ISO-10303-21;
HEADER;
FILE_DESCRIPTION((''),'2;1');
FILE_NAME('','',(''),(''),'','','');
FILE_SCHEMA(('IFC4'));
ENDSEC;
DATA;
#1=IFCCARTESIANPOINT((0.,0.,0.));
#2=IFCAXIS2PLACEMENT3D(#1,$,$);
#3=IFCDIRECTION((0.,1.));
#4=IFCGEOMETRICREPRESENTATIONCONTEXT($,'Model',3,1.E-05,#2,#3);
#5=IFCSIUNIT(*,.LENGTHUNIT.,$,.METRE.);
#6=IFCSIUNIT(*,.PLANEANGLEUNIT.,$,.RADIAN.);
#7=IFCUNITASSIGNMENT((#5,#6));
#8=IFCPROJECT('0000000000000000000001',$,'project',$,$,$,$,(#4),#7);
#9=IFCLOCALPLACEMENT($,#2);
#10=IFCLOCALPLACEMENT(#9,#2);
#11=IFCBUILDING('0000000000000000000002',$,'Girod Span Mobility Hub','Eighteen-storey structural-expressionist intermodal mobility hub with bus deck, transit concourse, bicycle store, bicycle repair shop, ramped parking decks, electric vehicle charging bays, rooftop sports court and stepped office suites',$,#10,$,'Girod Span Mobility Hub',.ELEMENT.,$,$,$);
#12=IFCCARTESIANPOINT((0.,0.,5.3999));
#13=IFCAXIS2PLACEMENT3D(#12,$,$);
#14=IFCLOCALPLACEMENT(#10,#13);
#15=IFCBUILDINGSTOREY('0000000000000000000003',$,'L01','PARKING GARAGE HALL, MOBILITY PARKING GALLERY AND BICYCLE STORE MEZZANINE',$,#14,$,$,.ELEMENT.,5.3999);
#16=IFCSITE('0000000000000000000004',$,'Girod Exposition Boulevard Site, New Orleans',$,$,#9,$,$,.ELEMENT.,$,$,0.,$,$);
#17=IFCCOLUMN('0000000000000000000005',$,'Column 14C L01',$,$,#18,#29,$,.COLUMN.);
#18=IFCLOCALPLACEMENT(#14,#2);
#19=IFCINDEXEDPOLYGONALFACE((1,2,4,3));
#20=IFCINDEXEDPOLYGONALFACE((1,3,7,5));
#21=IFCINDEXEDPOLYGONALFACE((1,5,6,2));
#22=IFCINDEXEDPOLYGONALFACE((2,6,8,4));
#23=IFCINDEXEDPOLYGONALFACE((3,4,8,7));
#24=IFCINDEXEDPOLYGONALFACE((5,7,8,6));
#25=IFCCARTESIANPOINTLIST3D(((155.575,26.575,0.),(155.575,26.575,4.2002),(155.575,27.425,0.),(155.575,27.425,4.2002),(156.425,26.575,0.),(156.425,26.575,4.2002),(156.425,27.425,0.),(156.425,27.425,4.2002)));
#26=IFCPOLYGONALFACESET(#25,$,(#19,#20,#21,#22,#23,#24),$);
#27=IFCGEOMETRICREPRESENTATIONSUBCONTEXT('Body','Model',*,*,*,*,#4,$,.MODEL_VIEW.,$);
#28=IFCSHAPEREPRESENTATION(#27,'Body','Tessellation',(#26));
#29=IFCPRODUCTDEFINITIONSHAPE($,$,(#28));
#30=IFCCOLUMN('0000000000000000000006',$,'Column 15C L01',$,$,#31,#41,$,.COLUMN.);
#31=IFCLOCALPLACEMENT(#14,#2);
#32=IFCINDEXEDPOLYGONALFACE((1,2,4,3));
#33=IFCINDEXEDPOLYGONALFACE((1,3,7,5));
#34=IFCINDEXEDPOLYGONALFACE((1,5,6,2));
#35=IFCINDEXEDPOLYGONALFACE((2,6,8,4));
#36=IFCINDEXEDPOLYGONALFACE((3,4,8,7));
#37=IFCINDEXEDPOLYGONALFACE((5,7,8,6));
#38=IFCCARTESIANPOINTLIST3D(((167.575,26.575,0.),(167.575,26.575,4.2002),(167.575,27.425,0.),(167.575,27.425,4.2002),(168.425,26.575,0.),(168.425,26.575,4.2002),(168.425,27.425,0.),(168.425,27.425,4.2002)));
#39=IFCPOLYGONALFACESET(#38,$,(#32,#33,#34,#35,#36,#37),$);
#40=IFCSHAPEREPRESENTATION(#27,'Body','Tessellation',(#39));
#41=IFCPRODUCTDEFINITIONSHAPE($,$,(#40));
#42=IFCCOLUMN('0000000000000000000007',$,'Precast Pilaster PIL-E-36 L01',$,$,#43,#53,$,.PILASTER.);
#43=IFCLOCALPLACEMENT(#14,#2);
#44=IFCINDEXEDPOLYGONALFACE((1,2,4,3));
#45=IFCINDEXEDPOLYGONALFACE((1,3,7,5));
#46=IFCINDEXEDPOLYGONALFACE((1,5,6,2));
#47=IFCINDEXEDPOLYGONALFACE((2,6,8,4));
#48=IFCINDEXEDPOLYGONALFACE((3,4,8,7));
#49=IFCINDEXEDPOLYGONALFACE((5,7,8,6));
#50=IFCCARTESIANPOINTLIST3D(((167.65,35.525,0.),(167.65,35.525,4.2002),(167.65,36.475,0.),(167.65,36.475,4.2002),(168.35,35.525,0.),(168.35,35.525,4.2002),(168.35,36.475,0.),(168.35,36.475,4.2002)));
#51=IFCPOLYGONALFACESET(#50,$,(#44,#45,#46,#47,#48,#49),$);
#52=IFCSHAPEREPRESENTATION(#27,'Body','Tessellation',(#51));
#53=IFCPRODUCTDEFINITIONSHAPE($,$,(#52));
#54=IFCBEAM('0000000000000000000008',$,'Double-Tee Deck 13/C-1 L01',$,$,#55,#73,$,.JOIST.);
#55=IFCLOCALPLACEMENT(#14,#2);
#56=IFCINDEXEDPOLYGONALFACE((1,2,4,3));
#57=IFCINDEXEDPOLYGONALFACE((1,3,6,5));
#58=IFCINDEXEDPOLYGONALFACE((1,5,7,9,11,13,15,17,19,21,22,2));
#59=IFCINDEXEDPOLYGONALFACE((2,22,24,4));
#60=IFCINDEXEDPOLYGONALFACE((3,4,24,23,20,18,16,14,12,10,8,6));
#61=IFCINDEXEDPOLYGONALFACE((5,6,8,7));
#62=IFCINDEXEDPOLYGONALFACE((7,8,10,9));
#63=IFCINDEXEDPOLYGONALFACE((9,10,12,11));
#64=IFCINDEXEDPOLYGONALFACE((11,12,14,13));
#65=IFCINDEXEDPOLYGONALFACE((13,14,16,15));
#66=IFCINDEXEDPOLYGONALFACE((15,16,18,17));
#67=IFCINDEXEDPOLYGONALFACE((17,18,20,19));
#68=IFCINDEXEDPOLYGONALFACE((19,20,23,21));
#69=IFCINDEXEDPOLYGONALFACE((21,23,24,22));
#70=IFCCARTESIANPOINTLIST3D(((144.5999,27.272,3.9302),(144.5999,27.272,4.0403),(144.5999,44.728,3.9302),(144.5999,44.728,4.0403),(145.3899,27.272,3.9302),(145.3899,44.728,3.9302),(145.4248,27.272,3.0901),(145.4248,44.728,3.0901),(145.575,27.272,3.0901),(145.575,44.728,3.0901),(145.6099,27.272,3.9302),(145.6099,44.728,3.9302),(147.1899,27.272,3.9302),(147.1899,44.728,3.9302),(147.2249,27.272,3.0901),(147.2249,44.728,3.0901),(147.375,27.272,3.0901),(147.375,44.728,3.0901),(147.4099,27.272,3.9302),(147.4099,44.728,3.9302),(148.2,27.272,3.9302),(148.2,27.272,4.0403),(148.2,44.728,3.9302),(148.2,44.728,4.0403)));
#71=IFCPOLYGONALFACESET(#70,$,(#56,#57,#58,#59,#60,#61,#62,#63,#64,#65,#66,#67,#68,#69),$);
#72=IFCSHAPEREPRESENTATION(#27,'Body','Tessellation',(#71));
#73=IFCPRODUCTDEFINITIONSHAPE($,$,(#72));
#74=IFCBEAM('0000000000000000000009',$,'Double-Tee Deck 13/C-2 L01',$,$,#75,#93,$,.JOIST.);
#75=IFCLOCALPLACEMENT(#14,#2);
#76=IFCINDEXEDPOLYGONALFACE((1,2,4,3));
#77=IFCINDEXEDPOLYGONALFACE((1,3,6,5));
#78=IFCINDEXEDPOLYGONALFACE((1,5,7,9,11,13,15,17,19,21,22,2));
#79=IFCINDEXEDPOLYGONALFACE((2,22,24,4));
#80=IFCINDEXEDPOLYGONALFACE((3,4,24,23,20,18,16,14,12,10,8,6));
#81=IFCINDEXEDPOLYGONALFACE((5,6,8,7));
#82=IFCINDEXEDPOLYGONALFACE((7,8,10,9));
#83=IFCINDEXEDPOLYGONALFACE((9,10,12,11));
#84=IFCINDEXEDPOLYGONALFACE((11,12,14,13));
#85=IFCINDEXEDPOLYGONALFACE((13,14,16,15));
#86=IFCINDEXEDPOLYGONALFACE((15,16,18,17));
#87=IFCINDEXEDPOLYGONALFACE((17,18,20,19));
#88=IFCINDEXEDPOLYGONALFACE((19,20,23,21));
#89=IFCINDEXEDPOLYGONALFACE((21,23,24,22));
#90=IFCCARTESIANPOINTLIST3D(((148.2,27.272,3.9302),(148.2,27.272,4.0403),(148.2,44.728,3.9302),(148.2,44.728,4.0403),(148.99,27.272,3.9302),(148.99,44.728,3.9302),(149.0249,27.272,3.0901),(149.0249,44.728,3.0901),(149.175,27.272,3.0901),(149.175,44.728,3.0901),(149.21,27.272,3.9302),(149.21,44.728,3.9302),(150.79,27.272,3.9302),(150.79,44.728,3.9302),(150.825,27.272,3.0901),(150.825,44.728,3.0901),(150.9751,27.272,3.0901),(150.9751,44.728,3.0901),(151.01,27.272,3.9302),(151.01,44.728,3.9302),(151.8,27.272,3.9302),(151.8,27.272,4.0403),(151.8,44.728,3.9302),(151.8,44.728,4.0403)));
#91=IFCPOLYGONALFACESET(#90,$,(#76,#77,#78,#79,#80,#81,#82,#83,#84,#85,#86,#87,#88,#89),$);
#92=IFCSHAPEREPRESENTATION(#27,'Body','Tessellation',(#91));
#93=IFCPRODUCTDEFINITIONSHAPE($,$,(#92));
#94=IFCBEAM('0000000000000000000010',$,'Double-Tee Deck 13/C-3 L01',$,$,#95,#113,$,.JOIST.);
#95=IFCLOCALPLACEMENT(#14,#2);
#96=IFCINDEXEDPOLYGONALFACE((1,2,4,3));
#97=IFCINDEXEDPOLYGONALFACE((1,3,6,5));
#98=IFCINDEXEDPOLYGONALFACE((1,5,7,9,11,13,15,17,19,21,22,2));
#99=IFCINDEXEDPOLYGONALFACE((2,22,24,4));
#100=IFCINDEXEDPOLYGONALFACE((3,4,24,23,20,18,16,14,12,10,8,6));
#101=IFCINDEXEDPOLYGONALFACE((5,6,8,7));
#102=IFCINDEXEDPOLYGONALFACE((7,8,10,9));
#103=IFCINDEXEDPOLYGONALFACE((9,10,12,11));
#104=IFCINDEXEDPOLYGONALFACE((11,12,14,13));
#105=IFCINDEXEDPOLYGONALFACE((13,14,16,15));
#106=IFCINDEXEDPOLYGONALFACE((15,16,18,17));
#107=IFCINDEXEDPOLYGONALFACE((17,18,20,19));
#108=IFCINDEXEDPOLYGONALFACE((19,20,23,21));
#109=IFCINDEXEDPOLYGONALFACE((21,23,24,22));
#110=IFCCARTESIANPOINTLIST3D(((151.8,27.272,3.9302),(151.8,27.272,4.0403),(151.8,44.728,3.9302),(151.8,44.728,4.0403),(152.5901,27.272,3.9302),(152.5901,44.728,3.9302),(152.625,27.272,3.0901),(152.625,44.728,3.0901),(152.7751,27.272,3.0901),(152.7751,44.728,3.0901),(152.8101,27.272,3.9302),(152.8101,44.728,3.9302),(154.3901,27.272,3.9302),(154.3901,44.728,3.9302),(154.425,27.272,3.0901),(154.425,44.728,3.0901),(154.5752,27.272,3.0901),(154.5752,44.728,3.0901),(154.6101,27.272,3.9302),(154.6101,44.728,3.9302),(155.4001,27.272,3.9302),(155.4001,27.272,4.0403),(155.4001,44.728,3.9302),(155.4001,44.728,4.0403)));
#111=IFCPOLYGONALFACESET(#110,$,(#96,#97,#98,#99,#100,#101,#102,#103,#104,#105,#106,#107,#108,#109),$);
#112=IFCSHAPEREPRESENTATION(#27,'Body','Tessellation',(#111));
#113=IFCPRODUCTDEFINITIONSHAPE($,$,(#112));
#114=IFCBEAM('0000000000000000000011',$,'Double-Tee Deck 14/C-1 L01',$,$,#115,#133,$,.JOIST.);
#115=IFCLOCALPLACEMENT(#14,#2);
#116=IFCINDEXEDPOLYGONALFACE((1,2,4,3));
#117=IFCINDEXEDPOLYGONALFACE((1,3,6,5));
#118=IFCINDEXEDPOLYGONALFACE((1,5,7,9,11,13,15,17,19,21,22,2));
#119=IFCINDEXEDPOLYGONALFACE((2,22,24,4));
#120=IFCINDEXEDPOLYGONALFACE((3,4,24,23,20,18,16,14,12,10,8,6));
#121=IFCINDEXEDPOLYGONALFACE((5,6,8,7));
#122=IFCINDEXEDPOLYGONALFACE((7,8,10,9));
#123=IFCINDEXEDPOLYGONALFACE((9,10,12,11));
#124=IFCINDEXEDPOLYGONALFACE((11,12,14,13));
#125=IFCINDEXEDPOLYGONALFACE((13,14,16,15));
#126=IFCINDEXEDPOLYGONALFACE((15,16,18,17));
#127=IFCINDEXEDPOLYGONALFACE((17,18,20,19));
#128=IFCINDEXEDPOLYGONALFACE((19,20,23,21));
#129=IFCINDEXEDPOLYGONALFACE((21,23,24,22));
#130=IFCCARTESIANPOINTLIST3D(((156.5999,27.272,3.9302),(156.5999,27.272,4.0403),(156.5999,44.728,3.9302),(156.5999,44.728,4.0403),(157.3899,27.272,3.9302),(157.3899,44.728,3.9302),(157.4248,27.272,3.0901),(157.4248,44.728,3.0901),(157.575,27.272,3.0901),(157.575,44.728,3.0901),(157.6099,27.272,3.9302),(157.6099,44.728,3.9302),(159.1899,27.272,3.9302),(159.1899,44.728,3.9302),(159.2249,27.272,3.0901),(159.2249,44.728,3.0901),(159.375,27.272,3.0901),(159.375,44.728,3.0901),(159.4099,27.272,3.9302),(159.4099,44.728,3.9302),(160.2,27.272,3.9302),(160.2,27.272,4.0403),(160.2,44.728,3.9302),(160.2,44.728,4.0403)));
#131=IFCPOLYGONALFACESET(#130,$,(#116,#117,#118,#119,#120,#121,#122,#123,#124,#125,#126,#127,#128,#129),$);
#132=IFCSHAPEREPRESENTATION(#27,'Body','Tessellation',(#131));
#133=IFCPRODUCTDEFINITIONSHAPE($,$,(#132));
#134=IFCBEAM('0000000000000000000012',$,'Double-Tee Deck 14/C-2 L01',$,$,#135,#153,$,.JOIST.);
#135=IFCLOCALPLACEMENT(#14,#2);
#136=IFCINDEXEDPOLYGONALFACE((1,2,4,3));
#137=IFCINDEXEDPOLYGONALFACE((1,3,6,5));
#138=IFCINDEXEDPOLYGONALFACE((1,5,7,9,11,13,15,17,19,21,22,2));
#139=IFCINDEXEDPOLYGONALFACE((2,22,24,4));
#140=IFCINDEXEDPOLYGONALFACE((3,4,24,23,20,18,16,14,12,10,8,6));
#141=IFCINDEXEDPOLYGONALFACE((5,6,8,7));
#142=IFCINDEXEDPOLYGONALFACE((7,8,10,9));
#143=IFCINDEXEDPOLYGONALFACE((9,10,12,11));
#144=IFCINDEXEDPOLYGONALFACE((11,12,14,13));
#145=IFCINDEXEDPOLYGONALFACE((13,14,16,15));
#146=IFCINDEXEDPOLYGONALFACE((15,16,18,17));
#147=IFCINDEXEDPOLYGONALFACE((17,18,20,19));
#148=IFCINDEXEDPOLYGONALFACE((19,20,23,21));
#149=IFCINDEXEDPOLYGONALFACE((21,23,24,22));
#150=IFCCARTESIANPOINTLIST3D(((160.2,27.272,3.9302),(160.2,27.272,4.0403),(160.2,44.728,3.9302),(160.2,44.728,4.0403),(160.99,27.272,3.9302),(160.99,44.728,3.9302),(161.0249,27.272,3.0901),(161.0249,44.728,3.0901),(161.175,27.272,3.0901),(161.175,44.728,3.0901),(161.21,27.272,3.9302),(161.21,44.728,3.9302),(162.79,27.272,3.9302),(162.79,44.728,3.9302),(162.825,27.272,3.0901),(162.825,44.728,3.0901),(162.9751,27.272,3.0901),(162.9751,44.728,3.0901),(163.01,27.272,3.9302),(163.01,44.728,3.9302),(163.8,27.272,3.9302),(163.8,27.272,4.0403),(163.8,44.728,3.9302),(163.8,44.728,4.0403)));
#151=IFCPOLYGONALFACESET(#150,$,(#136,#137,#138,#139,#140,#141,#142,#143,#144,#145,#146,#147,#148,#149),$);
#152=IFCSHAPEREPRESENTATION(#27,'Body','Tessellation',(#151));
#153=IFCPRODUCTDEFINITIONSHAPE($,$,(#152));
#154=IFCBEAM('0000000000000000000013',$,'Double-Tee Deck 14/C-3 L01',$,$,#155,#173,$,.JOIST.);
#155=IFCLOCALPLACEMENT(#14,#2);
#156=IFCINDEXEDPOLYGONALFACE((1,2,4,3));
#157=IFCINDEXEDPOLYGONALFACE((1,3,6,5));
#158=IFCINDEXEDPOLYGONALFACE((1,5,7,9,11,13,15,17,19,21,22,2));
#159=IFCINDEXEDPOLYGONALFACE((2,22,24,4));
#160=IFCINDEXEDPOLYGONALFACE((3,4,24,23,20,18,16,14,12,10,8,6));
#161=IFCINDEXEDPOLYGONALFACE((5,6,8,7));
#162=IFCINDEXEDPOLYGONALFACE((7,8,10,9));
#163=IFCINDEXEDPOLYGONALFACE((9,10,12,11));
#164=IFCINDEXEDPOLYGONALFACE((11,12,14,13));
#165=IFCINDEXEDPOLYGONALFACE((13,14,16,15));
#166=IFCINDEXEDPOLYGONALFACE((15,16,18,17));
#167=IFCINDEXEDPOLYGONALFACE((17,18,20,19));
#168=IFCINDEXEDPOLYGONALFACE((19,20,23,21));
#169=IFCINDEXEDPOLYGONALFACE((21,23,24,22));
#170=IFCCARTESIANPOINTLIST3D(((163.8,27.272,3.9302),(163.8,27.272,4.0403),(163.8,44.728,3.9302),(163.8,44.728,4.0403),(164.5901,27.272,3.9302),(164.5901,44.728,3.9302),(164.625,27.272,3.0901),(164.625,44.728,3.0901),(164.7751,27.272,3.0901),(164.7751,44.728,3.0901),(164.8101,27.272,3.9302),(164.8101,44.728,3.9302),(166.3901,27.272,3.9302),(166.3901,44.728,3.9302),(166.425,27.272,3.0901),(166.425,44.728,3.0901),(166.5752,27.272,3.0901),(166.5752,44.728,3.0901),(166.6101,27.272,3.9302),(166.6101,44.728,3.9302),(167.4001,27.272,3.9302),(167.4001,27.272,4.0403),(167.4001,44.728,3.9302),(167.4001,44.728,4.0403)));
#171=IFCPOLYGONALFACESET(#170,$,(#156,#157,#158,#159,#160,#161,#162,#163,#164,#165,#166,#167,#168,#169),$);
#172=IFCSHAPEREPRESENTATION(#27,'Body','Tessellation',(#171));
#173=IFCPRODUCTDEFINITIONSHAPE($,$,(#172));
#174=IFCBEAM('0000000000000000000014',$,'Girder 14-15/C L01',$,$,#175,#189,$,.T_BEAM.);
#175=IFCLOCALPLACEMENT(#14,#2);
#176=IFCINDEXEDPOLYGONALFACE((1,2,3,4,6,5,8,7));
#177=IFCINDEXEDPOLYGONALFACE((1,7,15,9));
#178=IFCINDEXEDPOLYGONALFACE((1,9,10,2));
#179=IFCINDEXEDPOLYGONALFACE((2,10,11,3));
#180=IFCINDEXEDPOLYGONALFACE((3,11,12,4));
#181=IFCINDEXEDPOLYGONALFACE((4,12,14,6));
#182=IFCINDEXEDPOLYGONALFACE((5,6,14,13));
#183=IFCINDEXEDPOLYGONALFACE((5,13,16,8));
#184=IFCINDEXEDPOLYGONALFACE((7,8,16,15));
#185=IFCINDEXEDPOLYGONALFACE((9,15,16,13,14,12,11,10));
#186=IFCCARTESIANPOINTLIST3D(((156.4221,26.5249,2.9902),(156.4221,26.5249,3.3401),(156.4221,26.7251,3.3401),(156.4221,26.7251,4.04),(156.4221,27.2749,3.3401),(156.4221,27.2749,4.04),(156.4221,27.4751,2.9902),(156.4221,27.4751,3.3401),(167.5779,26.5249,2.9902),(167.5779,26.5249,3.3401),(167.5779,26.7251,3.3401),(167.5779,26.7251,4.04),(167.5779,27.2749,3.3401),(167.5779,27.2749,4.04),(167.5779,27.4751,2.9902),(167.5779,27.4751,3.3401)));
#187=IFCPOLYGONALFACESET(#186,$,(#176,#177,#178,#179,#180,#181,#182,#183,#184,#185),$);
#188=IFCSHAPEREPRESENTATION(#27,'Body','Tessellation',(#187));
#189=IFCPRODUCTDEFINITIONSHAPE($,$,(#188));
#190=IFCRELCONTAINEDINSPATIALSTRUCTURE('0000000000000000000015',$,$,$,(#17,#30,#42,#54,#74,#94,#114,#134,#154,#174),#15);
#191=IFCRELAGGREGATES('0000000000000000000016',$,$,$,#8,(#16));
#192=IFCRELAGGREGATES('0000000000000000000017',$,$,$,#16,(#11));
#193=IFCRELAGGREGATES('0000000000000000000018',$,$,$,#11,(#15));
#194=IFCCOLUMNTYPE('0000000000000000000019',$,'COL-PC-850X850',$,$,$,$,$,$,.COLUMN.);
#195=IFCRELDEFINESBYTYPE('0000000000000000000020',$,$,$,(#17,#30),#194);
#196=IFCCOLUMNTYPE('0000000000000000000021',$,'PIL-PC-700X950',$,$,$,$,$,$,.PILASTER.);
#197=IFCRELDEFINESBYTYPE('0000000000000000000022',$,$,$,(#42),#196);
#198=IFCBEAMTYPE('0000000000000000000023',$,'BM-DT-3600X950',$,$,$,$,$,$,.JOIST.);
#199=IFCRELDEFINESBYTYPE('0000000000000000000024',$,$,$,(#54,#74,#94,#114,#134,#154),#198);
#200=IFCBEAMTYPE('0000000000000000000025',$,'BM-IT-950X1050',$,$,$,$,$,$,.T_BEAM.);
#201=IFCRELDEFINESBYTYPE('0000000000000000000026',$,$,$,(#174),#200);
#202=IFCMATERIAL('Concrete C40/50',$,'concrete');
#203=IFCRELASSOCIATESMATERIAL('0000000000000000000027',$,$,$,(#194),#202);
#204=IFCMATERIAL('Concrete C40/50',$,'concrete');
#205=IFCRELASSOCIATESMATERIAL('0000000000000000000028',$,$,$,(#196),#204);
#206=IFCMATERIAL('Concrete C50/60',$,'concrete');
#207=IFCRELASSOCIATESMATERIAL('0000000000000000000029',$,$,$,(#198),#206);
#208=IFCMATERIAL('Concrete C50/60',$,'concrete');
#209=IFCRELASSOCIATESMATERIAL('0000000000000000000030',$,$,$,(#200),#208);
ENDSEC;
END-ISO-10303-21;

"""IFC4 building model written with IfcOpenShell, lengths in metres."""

from ifc_helpers import new_model, si_unit, direction, frame, origin, origin_2d, place, context, subcontext, project, spatial, polyline, rectangle, outline, extrude, material, material_profile, profile_set, type_object, element, save


model = new_model("IFC4")

# Units and contexts
model_context = context("Model", 3, precision=1e-05, world=origin(), true_north=direction((0.0, 1.0)))
body_context = subcontext(model_context, "Body", "Model", "MODEL_VIEW")
ifc_project = project(units=[si_unit("LENGTHUNIT", "METRE"), si_unit("PLANEANGLEUNIT", "RADIAN")], contexts=[model_context])

# Site, building, storey
site_placement = place(None, origin())
site = spatial("IfcSite", under=ifc_project, at=site_placement, Name="Girod Exposition Boulevard Site, New Orleans", CompositionType="ELEMENT", RefElevation=0.0)
building_placement = place(site_placement, origin())
building = spatial("IfcBuilding", under=site, at=building_placement, Name="Girod Span Mobility Hub", Description="Eighteen-storey structural-expressionist intermodal mobility hub with bus deck, transit concourse, bicycle store, bicycle repair shop, ramped parking decks, electric vehicle charging bays, rooftop sports court and stepped office suites", LongName="Girod Span Mobility Hub", CompositionType="ELEMENT")
storey_placement = place(building_placement, frame((0.0, 0.0, 5.3999)))
storey = spatial("IfcBuildingStorey", under=building, at=storey_placement, Name="L01", Description="PARKING GARAGE HALL, MOBILITY PARKING GALLERY AND BICYCLE STORE MEZZANINE", CompositionType="ELEMENT", Elevation=5.3999)

# Columns
ifc_material_1 = material(Name="Concrete C40/50", Category="concrete")
ifc_material_profile_1 = material_profile(ifc_material_1, rectangle(XDim=0.8501, YDim=0.8501, at=origin_2d()), Name="PC-COL-850X850")
ifc_profile_set_1 = profile_set([ifc_material_profile_1], Name="Concrete C40/50")
column_type_1 = type_object("IfcColumnType", Name="COL-PC-850X850", PredefinedType="COLUMN", material=ifc_profile_set_1)
for number, where, z_axis, x_axis, name in (
    (1, (156.0, 27.0, 0.0), (0.0, 0.0, 1.0), (1.0, 0.0, 0.0), "Column 14C L01"),
    (2, (168.0, 27.0, 0.0), (0.0, 0.0, 1.0), (1.0, 0.0, 0.0), "Column 15C L01"),
):
    element("IfcColumn", number, at=place(storey_placement, frame(where, z_axis=z_axis, x_axis=x_axis)), inside=storey, type_object=column_type_1, Name=name, PredefinedType="COLUMN", context=body_context, shape_type="SweptSolid", body=[
        extrude(rectangle(XDim=0.8501, YDim=0.8501, at=origin_2d()), origin(), (0.0, 0.0, 1.0), 4.2002),
    ])
ifc_material_2 = material(Name="Concrete C40/50", Category="concrete")
ifc_material_profile_2 = material_profile(ifc_material_2, rectangle(XDim=0.7, YDim=0.95, at=origin_2d()), Name="PC-PIL-700X950")
ifc_profile_set_2 = profile_set([ifc_material_profile_2], Name="Concrete C40/50")
column_type_2 = type_object("IfcColumnType", Name="PIL-PC-700X950", PredefinedType="PILASTER", material=ifc_profile_set_2)
column_placement = place(storey_placement, frame((168.0, 36.0, 0.0), z_axis=(0.0, 0.0, 1.0), x_axis=(1.0, 0.0, 0.0)))
element("IfcColumn", 3, at=column_placement, inside=storey, type_object=column_type_2, Name="Precast Pilaster PIL-E-36 L01", PredefinedType="PILASTER", context=body_context, shape_type="SweptSolid", body=[
    extrude(rectangle(XDim=0.7, YDim=0.95, at=origin_2d()), origin(), (0.0, 0.0, 1.0), 4.2002),
])

# Beams
ifc_material_3 = material(Name="Concrete C50/60", Category="concrete")
ifc_material_profile_3 = material_profile(ifc_material_3, outline(polyline([(-1.8, 0.4751), (-1.8, 0.365), (-1.01, 0.365), (-0.9751, -0.4751), (-0.825, -0.4751), (-0.79, 0.365), (0.79, 0.365), (0.825, -0.4751), (0.9751, -0.4751), (1.01, 0.365), (1.8, 0.365), (1.8, 0.4751), (-1.8, 0.4751)])), Name="DT-3600X950")
ifc_profile_set_3 = profile_set([ifc_material_profile_3], Name="Concrete C50/60")
beam_type_1 = type_object("IfcBeamType", Name="BM-DT-3600X950", PredefinedType="JOIST", material=ifc_profile_set_3)
for number, where, z_axis, x_axis, name in (
    (4, (146.3999, 27.272, 3.5652), (0.0, 1.0, 0.0), (-1.0, 0.0, 0.0), "Double-Tee Deck 13/C-1 L01"),
    (5, (150.0, 27.272, 3.5652), (0.0, 1.0, 0.0), (-1.0, 0.0, 0.0), "Double-Tee Deck 13/C-2 L01"),
    (6, (153.6001, 27.272, 3.5652), (0.0, 1.0, 0.0), (-1.0, 0.0, 0.0), "Double-Tee Deck 13/C-3 L01"),
    (7, (158.3999, 27.272, 3.5652), (0.0, 1.0, 0.0), (-1.0, 0.0, 0.0), "Double-Tee Deck 14/C-1 L01"),
    (8, (162.0, 27.272, 3.5652), (0.0, 1.0, 0.0), (-1.0, 0.0, 0.0), "Double-Tee Deck 14/C-2 L01"),
    (9, (165.6001, 27.272, 3.5652), (0.0, 1.0, 0.0), (-1.0, 0.0, 0.0), "Double-Tee Deck 14/C-3 L01"),
):
    element("IfcBeam", number, at=place(storey_placement, frame(where, z_axis=z_axis, x_axis=x_axis)), inside=storey, type_object=beam_type_1, Name=name, PredefinedType="JOIST", context=body_context, shape_type="SweptSolid", body=[
        extrude(outline(polyline([(-1.8, 0.4751), (-1.8, 0.365), (-1.01, 0.365), (-0.9751, -0.4751), (-0.825, -0.4751), (-0.79, 0.365), (0.79, 0.365), (0.825, -0.4751), (0.9751, -0.4751), (1.01, 0.365), (1.8, 0.365), (1.8, 0.4751), (-1.8, 0.4751)])), origin(), (0.0, 0.0, 1.0), 17.4561),
    ])
ifc_material_4 = material(Name="Concrete C50/60", Category="concrete")
ifc_material_profile_4 = material_profile(ifc_material_4, outline(polyline([(-0.4751, -0.5249), (0.4751, -0.5249), (0.4751, -0.175), (0.2749, -0.175), (0.2749, 0.5249), (-0.2749, 0.5249), (-0.2749, -0.175), (-0.4751, -0.175), (-0.4751, -0.5249)])), Name="IT-950X1050")
ifc_profile_set_4 = profile_set([ifc_material_profile_4], Name="Concrete C50/60")
beam_type_2 = type_object("IfcBeamType", Name="BM-IT-950X1050", PredefinedType="T_BEAM", material=ifc_profile_set_4)
beam_1_placement = place(storey_placement, frame((156.4221, 27.0, 3.5151), z_axis=(1.0, 0.0, 0.0), x_axis=(0.0, 1.0, 0.0)))
element("IfcBeam", 10, at=beam_1_placement, inside=storey, type_object=beam_type_2, Name="Girder 14-15/C L01", PredefinedType="T_BEAM", context=body_context, shape_type="SweptSolid", body=[
    extrude(outline(polyline([(-0.4751, -0.5249), (0.4751, -0.5249), (0.4751, -0.175), (0.2749, -0.175), (0.2749, 0.5249), (-0.2749, 0.5249), (-0.2749, -0.175), (-0.4751, -0.175), (-0.4751, -0.5249)])), origin(), (0.0, 0.0, 1.0), 11.1558),
])

save(model, "model.ifc")
